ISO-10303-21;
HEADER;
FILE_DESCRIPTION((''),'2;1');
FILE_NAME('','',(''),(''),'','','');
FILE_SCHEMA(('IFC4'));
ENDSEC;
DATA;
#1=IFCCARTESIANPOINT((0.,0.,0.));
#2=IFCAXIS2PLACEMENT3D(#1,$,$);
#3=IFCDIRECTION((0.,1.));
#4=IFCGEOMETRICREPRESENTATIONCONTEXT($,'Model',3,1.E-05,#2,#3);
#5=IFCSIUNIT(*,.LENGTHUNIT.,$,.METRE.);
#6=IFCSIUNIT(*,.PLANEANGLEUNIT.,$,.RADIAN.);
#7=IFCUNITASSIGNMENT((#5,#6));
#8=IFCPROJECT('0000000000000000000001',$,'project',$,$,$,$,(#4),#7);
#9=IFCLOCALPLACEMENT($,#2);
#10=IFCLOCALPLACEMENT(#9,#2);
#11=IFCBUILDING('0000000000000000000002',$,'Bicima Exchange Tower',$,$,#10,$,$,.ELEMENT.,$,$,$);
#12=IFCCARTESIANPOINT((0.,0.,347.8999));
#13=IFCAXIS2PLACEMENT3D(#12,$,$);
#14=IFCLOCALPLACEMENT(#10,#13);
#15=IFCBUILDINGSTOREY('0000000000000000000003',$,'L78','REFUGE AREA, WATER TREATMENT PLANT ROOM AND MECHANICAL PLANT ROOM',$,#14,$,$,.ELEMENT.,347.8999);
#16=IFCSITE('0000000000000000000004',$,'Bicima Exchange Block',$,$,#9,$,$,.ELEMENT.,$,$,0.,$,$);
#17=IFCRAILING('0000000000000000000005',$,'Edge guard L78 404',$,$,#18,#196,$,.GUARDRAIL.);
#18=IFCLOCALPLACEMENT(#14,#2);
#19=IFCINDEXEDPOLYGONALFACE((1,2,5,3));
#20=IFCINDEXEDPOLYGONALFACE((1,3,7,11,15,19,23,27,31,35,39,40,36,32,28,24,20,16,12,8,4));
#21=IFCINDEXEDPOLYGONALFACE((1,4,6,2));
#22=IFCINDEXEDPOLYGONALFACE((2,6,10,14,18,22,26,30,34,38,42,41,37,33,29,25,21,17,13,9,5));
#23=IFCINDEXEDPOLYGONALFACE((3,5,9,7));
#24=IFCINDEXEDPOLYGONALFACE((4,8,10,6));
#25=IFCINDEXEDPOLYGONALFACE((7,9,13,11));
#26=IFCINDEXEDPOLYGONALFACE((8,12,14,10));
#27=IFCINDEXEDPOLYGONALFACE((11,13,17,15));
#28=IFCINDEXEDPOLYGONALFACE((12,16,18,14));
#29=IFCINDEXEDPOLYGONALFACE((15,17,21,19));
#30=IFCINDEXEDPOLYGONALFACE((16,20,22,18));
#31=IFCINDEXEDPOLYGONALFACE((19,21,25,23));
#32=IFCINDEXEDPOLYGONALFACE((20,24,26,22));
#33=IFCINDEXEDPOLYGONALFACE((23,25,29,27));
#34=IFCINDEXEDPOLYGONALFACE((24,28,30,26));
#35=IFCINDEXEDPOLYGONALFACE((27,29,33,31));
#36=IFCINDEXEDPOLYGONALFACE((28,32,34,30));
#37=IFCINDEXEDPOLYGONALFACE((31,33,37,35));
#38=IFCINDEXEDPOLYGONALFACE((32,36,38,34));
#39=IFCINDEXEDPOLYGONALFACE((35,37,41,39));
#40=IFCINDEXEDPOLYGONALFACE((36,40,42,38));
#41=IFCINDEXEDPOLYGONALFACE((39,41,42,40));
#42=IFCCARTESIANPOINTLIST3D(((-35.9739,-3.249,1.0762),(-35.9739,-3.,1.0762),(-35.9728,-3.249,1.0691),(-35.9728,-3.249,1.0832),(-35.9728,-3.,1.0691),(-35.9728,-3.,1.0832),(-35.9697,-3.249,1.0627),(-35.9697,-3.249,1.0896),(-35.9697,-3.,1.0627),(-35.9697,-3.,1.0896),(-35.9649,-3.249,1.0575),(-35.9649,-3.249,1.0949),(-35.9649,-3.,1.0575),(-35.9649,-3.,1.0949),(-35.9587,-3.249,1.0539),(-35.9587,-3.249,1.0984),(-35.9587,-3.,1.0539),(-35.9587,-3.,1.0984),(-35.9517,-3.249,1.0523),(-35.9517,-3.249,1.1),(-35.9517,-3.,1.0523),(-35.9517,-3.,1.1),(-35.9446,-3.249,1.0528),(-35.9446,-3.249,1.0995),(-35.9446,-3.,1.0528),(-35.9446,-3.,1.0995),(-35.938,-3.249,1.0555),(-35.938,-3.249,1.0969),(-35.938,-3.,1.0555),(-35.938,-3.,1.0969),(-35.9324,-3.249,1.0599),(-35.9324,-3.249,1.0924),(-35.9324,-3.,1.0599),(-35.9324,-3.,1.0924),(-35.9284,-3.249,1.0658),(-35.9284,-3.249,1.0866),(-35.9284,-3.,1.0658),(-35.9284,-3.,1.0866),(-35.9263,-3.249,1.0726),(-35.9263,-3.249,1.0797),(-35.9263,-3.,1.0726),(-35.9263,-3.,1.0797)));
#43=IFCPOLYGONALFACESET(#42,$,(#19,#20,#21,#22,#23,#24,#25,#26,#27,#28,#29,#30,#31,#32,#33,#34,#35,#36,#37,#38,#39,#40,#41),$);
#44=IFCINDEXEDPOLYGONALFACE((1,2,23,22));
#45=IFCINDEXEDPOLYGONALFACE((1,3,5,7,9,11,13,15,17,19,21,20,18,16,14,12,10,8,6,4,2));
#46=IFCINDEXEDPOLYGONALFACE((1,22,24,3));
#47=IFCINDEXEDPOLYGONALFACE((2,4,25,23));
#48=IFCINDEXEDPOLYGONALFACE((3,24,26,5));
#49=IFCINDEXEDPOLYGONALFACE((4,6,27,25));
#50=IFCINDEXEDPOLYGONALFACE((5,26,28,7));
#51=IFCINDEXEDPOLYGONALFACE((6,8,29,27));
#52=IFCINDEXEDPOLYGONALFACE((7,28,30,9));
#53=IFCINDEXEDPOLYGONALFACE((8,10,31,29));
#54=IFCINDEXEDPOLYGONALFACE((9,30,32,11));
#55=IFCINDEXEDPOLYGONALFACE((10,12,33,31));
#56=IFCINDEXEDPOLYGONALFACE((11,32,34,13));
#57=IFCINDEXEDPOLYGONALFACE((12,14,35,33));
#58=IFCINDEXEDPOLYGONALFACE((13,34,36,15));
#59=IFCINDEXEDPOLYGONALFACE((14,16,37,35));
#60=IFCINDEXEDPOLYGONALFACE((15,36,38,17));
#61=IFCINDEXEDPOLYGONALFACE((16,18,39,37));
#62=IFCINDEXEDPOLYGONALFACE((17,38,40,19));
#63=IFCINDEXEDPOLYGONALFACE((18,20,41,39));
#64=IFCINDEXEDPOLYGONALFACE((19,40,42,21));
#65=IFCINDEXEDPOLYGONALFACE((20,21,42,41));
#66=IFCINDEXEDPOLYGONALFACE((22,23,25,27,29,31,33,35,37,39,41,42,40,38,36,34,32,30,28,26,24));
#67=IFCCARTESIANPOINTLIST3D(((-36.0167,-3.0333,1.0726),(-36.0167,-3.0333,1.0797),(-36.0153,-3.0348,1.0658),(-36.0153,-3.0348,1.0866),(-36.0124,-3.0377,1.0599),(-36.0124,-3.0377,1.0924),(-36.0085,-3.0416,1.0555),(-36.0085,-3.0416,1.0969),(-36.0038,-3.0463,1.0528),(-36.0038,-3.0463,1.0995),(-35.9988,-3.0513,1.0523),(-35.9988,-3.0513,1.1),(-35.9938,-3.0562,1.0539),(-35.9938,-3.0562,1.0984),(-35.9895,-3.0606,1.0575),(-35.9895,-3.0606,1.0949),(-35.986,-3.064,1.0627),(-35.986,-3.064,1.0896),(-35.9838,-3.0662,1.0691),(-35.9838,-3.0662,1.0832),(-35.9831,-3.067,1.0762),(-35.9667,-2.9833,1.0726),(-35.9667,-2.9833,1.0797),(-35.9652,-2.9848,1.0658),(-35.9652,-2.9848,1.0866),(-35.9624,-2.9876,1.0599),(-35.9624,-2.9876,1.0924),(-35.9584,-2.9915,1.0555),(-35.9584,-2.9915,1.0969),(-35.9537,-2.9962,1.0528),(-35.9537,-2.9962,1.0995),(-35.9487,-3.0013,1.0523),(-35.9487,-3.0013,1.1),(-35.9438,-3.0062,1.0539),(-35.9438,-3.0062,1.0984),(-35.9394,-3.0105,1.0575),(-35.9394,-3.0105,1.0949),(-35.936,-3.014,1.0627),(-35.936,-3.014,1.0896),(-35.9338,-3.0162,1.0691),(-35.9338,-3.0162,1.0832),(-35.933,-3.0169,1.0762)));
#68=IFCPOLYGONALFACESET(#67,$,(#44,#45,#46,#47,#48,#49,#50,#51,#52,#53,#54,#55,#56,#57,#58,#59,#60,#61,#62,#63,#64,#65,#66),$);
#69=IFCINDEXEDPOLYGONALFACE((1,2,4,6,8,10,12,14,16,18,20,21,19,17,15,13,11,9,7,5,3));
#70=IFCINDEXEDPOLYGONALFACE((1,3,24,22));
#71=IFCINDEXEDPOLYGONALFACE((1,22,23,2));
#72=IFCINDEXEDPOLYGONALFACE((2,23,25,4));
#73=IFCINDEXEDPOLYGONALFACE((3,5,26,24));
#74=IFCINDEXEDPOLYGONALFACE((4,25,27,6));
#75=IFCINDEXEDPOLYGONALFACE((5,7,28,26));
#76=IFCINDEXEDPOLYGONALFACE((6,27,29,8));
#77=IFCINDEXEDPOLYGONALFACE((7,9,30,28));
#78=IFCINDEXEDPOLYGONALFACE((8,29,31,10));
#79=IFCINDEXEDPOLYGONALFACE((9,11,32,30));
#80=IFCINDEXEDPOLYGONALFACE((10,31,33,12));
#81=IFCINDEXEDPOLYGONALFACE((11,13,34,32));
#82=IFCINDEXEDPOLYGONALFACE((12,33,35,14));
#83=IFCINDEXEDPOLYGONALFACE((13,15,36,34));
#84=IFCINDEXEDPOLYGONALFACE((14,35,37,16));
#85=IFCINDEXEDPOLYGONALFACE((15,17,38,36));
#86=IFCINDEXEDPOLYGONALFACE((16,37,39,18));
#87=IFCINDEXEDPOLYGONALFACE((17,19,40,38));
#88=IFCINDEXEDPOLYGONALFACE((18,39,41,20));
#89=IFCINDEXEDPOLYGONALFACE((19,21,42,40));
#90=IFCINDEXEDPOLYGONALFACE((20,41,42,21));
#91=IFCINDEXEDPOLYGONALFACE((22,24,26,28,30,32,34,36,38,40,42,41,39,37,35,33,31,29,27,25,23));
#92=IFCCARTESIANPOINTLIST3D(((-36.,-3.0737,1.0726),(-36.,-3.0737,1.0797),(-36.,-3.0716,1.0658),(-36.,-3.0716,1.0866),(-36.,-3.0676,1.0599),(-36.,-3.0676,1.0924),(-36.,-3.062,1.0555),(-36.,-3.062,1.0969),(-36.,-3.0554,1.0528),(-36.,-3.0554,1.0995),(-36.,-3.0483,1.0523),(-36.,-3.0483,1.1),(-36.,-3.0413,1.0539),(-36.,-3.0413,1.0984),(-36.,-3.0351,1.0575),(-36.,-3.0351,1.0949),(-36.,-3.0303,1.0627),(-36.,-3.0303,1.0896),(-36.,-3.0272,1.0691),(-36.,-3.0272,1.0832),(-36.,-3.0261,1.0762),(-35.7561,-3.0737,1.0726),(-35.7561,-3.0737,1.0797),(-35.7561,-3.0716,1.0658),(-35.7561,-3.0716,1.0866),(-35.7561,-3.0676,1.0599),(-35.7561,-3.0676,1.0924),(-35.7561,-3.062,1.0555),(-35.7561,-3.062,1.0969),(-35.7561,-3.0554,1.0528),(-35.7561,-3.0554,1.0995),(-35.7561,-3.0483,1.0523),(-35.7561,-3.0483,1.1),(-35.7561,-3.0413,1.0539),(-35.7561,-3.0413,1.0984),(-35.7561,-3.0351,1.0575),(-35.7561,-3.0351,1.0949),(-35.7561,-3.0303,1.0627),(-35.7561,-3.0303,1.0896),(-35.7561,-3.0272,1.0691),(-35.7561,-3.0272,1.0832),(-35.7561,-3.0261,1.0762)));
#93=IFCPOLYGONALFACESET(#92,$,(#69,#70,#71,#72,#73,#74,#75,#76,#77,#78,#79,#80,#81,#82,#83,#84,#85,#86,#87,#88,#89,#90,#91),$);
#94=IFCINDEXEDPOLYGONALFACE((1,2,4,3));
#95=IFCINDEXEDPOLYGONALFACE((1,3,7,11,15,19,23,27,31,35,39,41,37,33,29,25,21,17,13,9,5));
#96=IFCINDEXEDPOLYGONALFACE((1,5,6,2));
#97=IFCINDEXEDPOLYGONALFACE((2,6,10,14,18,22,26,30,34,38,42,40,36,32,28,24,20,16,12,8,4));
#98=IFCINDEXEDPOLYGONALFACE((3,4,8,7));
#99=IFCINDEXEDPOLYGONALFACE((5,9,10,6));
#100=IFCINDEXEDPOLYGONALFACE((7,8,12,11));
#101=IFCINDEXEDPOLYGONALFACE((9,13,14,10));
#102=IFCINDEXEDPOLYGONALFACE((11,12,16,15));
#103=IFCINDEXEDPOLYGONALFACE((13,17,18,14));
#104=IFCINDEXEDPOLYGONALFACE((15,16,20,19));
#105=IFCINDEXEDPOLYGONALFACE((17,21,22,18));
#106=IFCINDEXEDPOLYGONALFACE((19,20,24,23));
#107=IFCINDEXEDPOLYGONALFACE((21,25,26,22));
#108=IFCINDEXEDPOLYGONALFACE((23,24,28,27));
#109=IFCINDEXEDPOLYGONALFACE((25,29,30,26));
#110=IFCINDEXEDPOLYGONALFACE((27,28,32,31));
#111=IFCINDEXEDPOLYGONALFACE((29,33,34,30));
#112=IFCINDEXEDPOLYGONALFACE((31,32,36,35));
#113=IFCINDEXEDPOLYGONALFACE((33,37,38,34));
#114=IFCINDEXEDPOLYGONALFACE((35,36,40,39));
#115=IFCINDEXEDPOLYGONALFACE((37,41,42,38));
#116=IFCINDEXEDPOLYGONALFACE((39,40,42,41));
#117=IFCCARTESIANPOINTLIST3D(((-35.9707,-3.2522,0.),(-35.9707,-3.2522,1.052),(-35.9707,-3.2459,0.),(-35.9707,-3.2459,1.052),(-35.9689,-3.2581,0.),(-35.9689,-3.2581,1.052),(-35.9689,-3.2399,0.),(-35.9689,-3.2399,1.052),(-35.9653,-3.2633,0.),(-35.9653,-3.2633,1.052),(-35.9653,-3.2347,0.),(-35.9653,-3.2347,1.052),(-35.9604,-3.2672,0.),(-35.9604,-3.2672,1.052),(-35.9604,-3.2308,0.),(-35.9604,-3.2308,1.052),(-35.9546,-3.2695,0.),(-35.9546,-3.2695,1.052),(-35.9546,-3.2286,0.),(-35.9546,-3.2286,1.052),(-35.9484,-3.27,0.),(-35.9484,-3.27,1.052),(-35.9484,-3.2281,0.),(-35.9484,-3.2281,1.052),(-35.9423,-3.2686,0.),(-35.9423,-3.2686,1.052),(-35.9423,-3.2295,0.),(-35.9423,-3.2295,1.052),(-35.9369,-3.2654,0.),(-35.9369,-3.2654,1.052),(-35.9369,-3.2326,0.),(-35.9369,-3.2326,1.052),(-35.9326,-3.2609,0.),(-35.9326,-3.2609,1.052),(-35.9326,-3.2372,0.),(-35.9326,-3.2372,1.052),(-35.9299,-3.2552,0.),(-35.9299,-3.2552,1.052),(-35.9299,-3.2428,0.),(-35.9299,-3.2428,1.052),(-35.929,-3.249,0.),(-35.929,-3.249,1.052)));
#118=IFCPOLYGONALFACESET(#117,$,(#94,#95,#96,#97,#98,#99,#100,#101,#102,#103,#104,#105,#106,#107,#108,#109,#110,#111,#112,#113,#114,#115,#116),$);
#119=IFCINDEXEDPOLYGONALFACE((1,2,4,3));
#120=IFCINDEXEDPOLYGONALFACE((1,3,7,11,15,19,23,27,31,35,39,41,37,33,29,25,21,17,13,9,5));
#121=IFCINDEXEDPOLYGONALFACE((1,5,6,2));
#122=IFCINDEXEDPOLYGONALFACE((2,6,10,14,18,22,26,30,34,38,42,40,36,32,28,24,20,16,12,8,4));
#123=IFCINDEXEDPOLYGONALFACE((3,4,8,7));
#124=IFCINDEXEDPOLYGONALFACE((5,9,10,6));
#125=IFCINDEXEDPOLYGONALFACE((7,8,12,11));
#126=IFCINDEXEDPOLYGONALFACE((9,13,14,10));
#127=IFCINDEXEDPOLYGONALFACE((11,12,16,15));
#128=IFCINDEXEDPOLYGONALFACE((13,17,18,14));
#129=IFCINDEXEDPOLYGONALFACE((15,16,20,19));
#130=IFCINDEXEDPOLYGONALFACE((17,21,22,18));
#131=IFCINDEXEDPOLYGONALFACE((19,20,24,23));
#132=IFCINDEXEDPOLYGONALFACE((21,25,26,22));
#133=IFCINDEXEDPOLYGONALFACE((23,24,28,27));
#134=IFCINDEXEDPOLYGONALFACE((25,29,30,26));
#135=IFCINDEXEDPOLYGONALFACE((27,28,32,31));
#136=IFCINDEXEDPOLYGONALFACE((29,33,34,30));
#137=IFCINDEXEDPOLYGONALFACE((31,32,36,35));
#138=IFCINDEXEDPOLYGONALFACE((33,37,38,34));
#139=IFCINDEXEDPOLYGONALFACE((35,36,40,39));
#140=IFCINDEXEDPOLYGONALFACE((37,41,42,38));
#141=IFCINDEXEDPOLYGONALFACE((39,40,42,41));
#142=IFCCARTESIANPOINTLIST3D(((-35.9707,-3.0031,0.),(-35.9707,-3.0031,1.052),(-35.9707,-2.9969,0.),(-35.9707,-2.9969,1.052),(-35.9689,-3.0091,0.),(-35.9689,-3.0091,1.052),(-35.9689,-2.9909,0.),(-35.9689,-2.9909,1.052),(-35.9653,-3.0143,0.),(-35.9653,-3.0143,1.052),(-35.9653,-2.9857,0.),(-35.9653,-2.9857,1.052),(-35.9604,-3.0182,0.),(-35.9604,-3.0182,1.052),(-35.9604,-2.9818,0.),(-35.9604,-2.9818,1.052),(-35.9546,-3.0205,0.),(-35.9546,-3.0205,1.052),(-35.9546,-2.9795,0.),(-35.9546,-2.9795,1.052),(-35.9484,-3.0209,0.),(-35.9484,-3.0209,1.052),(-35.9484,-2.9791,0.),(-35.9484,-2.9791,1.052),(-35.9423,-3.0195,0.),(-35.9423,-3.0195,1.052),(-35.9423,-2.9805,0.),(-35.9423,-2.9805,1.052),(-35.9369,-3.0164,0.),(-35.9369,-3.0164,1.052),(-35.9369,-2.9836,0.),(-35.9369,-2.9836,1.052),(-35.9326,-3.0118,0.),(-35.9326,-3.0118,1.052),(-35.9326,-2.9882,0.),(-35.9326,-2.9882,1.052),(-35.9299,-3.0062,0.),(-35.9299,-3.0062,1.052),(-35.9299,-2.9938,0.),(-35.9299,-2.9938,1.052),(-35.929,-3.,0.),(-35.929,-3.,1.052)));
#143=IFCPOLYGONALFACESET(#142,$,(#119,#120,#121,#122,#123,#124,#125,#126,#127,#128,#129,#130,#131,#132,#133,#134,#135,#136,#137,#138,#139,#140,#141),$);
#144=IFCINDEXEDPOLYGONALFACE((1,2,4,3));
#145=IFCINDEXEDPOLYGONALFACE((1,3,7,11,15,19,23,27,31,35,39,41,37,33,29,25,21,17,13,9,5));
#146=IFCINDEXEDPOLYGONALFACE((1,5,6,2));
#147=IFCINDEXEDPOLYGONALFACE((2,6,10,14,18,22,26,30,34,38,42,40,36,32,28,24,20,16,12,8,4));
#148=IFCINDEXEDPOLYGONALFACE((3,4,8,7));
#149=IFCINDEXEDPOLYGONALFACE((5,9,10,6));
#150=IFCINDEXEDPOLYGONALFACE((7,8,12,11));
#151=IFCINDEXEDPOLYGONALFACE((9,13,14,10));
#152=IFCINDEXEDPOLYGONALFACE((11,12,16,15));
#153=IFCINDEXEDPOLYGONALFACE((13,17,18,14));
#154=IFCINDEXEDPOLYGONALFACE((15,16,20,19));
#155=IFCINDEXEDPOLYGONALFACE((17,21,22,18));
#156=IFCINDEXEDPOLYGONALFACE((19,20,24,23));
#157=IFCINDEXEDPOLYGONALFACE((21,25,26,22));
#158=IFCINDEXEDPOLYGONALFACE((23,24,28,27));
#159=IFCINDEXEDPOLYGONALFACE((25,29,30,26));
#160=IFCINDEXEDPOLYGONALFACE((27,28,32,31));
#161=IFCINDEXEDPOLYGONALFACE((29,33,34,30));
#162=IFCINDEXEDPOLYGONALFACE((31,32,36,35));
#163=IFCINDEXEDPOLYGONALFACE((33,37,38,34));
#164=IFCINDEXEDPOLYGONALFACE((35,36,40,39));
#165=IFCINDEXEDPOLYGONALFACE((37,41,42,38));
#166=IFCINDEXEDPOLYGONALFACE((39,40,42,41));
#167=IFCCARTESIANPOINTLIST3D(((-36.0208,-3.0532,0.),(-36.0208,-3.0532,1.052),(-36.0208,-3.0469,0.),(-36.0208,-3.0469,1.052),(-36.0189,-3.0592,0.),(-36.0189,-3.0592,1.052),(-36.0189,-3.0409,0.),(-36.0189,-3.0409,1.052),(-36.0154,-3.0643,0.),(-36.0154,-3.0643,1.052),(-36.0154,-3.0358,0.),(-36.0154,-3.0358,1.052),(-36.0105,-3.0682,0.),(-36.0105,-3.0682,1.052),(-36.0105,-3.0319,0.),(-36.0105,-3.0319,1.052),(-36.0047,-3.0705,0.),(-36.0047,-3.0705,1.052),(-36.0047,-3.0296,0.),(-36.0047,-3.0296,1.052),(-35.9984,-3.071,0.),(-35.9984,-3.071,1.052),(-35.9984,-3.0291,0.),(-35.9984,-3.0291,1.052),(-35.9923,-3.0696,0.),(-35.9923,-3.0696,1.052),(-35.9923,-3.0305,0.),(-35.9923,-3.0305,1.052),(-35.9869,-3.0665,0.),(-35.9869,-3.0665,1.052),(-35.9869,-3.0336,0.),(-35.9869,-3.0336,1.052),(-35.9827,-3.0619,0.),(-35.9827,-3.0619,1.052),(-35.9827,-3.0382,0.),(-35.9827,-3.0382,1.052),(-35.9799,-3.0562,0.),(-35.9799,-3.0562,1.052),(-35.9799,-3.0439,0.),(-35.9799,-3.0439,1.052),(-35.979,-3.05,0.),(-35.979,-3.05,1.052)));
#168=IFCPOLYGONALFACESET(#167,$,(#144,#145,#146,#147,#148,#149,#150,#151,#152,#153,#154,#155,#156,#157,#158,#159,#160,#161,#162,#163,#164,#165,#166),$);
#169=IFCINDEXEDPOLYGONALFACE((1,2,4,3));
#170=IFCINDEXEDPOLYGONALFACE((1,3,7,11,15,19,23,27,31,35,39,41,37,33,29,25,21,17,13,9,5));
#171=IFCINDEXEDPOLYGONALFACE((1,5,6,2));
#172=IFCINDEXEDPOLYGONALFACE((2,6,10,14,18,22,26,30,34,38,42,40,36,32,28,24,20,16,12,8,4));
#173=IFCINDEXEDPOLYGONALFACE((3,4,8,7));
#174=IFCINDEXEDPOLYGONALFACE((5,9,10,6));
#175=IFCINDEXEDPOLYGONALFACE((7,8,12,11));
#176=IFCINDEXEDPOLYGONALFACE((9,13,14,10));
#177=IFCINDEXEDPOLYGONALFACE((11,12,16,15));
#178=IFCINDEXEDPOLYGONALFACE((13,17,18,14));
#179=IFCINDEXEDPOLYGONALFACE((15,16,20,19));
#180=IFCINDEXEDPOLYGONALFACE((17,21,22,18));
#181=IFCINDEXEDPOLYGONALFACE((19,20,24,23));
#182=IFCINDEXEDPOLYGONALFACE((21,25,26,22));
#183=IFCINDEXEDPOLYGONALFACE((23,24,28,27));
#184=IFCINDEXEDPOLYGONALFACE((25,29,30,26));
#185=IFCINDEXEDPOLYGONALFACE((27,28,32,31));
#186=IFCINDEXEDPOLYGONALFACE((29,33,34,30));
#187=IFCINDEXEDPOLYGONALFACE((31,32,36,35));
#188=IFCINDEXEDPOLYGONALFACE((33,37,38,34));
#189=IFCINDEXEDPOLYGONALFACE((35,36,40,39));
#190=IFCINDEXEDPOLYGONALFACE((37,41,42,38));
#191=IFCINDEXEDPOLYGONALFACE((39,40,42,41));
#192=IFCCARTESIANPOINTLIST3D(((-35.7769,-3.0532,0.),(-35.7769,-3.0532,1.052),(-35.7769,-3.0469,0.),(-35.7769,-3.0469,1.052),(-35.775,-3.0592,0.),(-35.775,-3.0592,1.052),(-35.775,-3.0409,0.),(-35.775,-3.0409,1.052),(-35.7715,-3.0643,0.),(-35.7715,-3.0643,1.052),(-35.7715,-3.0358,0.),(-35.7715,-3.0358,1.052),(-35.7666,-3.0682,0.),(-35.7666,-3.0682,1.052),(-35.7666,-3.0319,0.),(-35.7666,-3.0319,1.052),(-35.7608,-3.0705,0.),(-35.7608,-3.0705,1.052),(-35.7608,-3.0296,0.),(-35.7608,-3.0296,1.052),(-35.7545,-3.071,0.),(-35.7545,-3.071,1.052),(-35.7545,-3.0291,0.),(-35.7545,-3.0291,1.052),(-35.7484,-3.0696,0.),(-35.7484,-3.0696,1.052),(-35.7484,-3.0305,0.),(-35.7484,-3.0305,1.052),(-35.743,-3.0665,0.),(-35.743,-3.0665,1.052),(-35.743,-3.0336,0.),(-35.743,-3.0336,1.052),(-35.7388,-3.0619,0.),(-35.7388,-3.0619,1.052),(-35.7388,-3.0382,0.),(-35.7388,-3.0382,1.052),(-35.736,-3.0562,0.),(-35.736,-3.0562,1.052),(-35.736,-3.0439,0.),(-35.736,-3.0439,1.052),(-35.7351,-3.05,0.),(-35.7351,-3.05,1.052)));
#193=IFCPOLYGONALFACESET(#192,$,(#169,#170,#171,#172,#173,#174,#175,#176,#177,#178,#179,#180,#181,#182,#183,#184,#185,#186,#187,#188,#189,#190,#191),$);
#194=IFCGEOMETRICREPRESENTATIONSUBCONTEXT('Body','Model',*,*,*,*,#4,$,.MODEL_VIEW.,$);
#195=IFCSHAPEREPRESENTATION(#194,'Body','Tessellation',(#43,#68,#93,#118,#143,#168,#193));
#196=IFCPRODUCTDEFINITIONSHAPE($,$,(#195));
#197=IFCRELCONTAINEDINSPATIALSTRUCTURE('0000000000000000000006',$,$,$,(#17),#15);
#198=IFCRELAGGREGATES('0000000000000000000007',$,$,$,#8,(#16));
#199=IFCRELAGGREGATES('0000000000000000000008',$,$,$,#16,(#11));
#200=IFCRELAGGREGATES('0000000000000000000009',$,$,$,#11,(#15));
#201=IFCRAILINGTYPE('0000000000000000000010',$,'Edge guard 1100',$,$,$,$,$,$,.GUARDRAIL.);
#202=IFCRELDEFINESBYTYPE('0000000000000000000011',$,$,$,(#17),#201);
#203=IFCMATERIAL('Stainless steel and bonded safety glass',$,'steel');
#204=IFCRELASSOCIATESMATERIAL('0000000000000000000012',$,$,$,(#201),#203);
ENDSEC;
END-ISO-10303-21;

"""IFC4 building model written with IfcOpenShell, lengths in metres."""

from ifc_helpers import new_model, si_unit, direction, frame, origin, origin_2d, place, context, subcontext, project, spatial, circle, extrude, material, type_object, element, save


model = new_model("IFC4")

# Units and contexts
model_context = context("Model", 3, precision=1e-05, world=origin(), true_north=direction((0.0, 1.0)))
body_context = subcontext(model_context, "Body", "Model", "MODEL_VIEW")
ifc_project = project(units=[si_unit("LENGTHUNIT", "METRE"), si_unit("PLANEANGLEUNIT", "RADIAN")], contexts=[model_context])

# Site, building, storey
site_placement = place(None, origin())
site = spatial("IfcSite", under=ifc_project, at=site_placement, Name="Bicima Exchange Block", CompositionType="ELEMENT", RefElevation=0.0)
building_placement = place(site_placement, origin())
building = spatial("IfcBuilding", under=site, at=building_placement, Name="Bicima Exchange Tower", CompositionType="ELEMENT")
storey_placement = place(building_placement, frame((0.0, 0.0, 347.8999)))
storey = spatial("IfcBuildingStorey", under=building, at=storey_placement, Name="L78", Description="REFUGE AREA, WATER TREATMENT PLANT ROOM AND MECHANICAL PLANT ROOM", CompositionType="ELEMENT", Elevation=347.8999)

# Railing
ifc_material_1 = material(Name="Stainless steel and bonded safety glass", Category="steel")
railing_type_1 = type_object("IfcRailingType", Name="Edge guard 1100", PredefinedType="GUARDRAIL", material=ifc_material_1)
railing_1_placement = place(storey_placement, frame((-35.95, -3.249, 0.0)))
element("IfcRailing", 1, at=railing_1_placement, inside=storey, type_object=railing_type_1, Name="Edge guard L78 404", PredefinedType="GUARDRAIL", context=body_context, shape_type="SweptSolid", body=[
    extrude(circle(Radius=0.0239, at=origin_2d()), frame((0.0, 0.0, 1.0762), z_axis=(0.0, 1.0, 0.0), x_axis=(-1.0, 0.0, 0.0)), (0.0, 0.0, 1.0), 0.249),
    extrude(circle(Radius=0.0239, at=origin_2d()), frame((0.0, 0.249, 1.0762), z_axis=(-0.707107, -0.707107, 0.0), x_axis=(0.707107, -0.707107, 0.0)), (0.0, 0.0, 1.0), 0.0708),
    extrude(circle(Radius=0.0239, at=origin_2d()), frame((-0.05, 0.199, 1.0762), z_axis=(1.0, 0.0, 0.0), x_axis=(0.0, 1.0, 0.0)), (0.0, 0.0, 1.0), 0.2439),
    extrude(circle(Radius=0.021, at=origin_2d()), origin(), (0.0, 0.0, 1.0), 1.052),
    extrude(circle(Radius=0.021, at=origin_2d()), frame((0.0, 0.249, 0.0)), (0.0, 0.0, 1.0), 1.052),
    extrude(circle(Radius=0.021, at=origin_2d()), frame((-0.05, 0.199, 0.0)), (0.0, 0.0, 1.0), 1.052),
    extrude(circle(Radius=0.021, at=origin_2d()), frame((0.1938, 0.199, 0.0)), (0.0, 0.0, 1.0), 1.052),
])

save(model, "model.ifc")
